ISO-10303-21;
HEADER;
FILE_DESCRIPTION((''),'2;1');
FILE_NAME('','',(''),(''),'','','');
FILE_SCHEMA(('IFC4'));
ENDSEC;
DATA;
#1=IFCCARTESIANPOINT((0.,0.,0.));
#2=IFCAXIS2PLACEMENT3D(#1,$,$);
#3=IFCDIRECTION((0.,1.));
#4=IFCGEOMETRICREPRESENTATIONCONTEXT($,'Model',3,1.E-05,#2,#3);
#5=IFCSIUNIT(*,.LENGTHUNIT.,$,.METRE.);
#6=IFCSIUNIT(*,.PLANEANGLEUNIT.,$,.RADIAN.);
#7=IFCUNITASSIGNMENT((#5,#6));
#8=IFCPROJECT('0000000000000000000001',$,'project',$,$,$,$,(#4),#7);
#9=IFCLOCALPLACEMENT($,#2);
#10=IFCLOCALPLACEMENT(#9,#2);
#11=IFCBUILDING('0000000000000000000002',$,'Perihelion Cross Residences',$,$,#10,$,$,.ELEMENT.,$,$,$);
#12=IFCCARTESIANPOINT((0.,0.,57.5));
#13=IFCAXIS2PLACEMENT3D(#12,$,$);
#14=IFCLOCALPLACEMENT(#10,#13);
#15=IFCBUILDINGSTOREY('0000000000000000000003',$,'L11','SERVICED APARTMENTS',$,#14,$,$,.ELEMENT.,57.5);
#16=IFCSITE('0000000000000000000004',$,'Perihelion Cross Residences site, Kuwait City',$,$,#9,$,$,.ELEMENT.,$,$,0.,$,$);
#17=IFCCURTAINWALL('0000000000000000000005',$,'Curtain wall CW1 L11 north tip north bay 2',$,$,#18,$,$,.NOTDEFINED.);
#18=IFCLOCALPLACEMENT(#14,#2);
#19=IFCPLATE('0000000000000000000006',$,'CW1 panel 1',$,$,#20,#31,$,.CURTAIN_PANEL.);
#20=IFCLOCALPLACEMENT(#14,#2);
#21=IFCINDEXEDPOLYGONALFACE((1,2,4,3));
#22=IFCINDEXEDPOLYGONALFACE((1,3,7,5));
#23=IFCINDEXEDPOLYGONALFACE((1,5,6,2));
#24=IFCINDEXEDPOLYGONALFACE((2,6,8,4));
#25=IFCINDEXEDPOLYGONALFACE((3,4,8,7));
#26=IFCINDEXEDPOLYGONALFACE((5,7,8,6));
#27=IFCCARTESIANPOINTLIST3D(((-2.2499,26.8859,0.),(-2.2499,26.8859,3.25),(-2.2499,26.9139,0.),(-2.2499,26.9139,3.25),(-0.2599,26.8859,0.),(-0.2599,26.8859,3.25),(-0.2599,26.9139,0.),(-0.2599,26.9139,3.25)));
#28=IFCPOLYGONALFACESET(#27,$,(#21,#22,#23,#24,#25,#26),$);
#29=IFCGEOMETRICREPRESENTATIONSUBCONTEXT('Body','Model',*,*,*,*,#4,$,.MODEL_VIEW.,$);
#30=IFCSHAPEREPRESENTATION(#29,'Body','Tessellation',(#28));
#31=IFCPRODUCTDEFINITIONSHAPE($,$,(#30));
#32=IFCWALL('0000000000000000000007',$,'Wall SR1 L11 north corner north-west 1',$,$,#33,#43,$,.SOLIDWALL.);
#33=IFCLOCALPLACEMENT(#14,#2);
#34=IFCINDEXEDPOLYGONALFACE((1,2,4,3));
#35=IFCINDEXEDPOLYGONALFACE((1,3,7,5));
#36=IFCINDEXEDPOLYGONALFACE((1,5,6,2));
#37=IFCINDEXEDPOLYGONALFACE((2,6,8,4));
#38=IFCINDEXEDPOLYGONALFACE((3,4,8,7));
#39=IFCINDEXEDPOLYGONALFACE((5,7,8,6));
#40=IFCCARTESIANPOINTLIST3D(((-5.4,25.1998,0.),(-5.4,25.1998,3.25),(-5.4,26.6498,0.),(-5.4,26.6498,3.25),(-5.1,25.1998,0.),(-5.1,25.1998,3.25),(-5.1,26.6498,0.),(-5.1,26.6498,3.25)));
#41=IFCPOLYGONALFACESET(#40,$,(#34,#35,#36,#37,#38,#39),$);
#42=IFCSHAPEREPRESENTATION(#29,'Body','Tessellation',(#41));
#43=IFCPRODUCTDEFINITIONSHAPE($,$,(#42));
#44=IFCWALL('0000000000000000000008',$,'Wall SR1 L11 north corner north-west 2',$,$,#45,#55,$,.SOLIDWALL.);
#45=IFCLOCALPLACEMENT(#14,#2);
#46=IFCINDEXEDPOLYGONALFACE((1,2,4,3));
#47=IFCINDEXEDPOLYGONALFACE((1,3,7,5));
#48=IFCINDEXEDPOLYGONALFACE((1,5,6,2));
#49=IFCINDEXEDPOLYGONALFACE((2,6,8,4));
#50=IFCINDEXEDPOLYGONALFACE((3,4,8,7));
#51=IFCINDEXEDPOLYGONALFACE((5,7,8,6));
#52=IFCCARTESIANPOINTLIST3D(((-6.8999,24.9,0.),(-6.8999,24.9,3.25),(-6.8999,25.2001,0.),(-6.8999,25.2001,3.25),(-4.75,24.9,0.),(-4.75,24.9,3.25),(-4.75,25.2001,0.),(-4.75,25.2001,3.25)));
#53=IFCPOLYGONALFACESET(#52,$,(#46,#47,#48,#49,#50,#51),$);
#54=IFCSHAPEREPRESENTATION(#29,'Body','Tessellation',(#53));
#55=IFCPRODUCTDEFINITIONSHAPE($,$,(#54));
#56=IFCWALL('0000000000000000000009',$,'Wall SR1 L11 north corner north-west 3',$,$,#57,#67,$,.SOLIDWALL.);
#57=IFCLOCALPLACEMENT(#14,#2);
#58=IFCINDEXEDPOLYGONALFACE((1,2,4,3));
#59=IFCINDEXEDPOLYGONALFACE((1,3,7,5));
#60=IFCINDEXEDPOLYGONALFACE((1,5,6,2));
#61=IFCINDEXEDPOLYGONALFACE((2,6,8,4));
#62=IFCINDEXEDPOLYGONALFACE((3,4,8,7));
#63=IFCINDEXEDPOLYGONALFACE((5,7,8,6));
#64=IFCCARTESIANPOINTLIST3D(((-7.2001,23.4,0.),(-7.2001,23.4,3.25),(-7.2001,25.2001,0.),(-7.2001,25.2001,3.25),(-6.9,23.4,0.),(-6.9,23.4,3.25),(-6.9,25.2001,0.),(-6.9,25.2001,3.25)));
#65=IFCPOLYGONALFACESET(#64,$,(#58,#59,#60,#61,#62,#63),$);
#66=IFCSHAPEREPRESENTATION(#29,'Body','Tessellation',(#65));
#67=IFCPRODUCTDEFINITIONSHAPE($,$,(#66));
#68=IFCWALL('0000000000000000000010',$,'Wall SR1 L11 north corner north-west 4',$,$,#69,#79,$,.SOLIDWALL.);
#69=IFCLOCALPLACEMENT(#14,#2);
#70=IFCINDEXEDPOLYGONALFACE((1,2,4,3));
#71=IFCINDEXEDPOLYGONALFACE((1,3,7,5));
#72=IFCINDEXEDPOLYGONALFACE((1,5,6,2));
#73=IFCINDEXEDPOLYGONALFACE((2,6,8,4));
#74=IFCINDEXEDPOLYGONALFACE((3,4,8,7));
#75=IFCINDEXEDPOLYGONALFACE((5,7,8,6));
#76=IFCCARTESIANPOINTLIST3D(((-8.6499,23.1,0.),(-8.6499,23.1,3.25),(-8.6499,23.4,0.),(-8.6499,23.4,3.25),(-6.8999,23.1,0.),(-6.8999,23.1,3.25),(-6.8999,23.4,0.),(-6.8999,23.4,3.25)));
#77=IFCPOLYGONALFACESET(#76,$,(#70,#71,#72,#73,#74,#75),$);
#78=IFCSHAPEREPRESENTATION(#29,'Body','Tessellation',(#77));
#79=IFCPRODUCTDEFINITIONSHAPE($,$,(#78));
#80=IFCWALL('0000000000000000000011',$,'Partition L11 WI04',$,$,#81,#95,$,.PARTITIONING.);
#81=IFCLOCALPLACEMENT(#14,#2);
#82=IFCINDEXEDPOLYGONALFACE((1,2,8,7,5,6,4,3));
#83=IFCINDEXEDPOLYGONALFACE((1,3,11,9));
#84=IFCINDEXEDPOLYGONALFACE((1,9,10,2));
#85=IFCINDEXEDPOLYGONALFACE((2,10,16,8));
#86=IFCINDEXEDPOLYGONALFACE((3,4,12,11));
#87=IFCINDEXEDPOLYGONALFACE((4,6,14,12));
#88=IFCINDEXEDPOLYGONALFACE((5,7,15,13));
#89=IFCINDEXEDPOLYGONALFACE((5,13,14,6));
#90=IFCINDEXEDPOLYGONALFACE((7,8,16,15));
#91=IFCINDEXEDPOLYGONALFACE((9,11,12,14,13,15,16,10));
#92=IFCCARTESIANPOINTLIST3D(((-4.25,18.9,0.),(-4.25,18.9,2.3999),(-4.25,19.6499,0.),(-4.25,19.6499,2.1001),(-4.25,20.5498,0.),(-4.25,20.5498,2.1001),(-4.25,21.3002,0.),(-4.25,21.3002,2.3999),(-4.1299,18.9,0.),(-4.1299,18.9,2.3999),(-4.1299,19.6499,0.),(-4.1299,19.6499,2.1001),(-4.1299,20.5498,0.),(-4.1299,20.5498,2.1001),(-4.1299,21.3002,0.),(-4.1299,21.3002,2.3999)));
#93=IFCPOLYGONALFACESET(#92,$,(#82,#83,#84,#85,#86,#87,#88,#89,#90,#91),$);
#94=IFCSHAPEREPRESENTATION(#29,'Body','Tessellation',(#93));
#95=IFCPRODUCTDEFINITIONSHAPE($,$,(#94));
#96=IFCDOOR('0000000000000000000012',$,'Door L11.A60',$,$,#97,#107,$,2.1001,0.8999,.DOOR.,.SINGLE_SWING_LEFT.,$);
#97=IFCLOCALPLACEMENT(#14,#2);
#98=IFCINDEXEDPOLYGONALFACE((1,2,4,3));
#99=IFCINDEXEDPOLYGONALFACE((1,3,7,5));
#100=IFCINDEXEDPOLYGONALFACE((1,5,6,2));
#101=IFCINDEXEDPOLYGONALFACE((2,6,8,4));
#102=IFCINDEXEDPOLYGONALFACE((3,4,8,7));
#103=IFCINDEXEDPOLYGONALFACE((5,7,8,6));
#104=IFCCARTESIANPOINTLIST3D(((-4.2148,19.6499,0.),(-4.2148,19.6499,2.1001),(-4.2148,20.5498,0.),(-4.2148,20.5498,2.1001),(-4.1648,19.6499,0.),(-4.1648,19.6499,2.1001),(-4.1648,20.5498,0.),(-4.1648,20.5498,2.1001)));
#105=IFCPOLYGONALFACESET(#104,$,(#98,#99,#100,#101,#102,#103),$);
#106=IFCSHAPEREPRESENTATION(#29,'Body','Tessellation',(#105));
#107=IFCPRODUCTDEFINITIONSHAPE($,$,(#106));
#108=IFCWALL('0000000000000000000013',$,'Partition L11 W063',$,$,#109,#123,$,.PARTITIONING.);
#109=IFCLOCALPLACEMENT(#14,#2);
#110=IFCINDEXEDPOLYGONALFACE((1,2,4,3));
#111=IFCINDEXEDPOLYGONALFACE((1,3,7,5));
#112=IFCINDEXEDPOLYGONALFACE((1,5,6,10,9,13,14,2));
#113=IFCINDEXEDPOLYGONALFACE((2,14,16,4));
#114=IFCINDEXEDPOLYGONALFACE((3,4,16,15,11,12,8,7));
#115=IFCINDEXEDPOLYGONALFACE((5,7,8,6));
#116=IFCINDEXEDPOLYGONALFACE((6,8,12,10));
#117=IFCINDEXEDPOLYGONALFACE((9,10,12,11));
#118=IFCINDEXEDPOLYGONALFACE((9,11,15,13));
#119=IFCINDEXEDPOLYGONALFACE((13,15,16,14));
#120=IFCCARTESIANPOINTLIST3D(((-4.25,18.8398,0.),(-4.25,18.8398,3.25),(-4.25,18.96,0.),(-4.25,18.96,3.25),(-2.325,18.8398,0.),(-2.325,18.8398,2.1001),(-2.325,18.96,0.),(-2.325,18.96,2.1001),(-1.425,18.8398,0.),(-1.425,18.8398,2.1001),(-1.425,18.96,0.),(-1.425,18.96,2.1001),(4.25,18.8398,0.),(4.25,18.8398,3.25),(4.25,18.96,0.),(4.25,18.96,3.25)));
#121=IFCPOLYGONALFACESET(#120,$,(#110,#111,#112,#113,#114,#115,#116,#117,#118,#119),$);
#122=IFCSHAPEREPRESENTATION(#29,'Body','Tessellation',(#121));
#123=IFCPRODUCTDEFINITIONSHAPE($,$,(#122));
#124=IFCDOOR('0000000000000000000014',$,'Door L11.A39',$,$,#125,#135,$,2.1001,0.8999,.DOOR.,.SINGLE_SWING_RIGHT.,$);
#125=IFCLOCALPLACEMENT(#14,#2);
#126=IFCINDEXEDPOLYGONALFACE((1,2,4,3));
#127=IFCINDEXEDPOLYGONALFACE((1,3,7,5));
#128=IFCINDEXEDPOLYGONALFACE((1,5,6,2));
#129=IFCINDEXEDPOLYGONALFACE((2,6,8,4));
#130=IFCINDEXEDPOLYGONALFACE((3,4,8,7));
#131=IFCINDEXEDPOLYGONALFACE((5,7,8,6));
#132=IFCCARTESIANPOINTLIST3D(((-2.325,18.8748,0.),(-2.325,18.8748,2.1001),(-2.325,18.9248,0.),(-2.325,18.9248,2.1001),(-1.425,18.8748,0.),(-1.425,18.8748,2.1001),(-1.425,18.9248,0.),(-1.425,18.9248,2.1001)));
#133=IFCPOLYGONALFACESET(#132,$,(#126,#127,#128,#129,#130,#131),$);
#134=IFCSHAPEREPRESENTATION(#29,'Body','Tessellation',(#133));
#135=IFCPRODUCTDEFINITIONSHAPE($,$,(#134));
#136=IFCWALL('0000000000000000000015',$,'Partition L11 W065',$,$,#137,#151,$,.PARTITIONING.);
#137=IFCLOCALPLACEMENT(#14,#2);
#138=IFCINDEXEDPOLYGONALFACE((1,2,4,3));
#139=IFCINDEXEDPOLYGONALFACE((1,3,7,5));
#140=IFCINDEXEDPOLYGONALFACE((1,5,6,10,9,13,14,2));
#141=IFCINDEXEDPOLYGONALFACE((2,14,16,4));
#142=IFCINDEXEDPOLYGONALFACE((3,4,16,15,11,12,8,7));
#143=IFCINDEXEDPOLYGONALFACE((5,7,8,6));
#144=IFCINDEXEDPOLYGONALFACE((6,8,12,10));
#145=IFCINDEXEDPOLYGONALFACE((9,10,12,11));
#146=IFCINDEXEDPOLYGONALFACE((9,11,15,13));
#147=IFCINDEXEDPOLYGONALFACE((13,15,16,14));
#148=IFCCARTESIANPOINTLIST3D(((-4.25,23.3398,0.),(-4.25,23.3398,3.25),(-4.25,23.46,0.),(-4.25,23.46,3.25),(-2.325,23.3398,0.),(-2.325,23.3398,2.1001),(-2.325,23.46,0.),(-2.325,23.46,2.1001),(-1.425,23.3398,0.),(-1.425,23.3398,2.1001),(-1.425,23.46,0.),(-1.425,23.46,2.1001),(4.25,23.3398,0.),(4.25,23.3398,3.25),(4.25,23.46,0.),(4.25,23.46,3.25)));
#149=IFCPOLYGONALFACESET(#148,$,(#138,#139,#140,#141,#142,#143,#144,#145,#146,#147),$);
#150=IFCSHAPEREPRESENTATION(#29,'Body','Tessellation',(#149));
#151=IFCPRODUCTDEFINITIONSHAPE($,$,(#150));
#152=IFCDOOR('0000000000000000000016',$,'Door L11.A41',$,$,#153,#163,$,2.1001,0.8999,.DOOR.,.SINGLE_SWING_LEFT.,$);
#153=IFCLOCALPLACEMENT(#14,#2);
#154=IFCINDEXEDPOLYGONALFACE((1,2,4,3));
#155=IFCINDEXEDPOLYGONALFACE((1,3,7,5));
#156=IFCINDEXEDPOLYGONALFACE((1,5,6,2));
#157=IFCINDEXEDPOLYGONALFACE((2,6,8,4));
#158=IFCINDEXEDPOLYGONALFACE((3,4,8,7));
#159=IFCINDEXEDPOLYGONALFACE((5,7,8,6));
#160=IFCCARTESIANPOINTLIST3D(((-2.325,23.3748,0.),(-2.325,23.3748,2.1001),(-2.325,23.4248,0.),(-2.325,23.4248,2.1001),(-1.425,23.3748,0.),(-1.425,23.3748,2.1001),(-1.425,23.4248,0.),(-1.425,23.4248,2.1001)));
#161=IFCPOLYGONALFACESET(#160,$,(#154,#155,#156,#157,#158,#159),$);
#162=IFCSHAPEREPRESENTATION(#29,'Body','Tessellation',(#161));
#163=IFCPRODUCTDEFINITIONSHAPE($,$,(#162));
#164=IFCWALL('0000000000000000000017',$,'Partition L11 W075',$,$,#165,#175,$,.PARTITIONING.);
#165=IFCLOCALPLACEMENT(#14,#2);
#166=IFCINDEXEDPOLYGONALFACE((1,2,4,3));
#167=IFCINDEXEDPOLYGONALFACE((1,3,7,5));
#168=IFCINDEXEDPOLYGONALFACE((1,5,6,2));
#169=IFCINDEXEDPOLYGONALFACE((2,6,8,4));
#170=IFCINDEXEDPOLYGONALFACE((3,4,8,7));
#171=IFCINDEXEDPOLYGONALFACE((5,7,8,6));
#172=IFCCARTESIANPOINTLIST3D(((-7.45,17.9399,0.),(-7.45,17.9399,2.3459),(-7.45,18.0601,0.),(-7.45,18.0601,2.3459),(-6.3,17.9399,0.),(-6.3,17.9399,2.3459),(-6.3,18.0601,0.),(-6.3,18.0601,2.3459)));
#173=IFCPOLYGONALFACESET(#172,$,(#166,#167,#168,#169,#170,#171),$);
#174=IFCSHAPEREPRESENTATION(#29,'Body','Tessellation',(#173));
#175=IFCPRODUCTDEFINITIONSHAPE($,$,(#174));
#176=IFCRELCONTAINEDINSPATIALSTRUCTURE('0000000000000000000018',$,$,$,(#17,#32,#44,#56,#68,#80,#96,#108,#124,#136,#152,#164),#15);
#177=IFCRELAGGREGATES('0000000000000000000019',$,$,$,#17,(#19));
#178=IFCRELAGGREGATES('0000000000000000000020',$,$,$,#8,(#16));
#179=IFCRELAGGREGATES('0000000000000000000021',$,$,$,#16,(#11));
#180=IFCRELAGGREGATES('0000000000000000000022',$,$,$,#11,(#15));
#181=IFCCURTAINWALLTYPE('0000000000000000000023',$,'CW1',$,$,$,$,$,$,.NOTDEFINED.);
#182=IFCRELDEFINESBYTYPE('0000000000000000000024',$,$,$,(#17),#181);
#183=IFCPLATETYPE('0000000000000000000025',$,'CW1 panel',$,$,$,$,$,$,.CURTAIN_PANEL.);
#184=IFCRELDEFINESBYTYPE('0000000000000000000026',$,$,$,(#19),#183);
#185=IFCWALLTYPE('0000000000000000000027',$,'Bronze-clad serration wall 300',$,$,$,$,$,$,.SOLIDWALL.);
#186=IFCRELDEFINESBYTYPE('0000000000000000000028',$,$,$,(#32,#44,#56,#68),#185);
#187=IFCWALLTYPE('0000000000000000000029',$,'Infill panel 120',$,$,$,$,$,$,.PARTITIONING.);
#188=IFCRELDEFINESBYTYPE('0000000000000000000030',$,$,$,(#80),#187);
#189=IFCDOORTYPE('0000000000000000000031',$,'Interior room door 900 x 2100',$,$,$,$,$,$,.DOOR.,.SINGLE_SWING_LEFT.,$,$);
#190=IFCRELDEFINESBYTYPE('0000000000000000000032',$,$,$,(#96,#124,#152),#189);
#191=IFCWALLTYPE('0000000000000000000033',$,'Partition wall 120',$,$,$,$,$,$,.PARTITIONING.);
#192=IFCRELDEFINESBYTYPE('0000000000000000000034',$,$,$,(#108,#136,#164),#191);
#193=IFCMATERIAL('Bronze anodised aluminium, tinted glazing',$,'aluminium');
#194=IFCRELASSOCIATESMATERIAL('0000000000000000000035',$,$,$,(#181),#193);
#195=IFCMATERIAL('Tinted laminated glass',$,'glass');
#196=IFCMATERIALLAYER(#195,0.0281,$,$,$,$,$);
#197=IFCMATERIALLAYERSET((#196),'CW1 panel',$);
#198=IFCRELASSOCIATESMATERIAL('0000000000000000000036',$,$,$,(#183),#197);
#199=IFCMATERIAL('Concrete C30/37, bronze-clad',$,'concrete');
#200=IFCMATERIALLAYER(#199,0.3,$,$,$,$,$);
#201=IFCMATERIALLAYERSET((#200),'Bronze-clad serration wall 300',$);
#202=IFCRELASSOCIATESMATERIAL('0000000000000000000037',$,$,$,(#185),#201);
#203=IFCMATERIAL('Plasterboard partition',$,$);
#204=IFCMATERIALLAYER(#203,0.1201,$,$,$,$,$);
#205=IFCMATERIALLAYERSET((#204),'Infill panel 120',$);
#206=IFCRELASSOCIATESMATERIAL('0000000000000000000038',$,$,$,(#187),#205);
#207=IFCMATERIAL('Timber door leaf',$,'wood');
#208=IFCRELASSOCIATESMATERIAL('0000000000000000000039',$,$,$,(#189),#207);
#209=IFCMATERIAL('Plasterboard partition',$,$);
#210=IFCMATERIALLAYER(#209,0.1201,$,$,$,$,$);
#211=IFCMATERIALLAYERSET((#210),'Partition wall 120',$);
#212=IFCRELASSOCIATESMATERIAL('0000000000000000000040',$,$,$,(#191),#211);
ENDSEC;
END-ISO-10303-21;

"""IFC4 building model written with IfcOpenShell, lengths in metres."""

from ifc_helpers import new_model, si_unit, direction, frame, frame_2d, origin, origin_2d, place, context, subcontext, project, spatial, rectangle, extrude, material, layer, layer_set, type_object, element, fill, aggregate, save


model = new_model("IFC4")

# Units and contexts
model_context = context("Model", 3, precision=1e-05, world=origin(), true_north=direction((0.0, 1.0)))
body_context = subcontext(model_context, "Body", "Model", "MODEL_VIEW")
ifc_project = project(units=[si_unit("LENGTHUNIT", "METRE"), si_unit("PLANEANGLEUNIT", "RADIAN")], contexts=[model_context])

# Site, building, storey
site_placement = place(None, origin())
site = spatial("IfcSite", under=ifc_project, at=site_placement, Name="Perihelion Cross Residences site, Kuwait City", CompositionType="ELEMENT", RefElevation=0.0)
building_placement = place(site_placement, origin())
building = spatial("IfcBuilding", under=site, at=building_placement, Name="Perihelion Cross Residences", CompositionType="ELEMENT")
storey_placement = place(building_placement, frame((0.0, 0.0, 57.5)))
storey = spatial("IfcBuildingStorey", under=building, at=storey_placement, Name="L11", Description="SERVICED APARTMENTS", CompositionType="ELEMENT", Elevation=57.5)

# Curtain wall
ifc_material_1 = material(Name="Bronze anodised aluminium, tinted glazing", Category="aluminium")
curtain_wall_type = type_object("IfcCurtainWallType", Name="CW1", PredefinedType="NOTDEFINED", material=ifc_material_1)
curtain_wall_placement = place(storey_placement, origin())
curtain_wall = element("IfcCurtainWall", 1, at=curtain_wall_placement, inside=storey, type_object=curtain_wall_type, Name="Curtain wall CW1 L11 north tip north bay 2", PredefinedType="NOTDEFINED")

# Plate
ifc_material_2 = material(Name="Tinted laminated glass", Category="glass")
ifc_layer_1 = layer(ifc_material_2, 0.0281)
ifc_layer_set_1 = layer_set([ifc_layer_1], Name="CW1 panel")
plate_type = type_object("IfcPlateType", Name="CW1 panel", PredefinedType="CURTAIN_PANEL", material=ifc_layer_set_1)
plate_placement = place(storey_placement, frame((-1.2549, 26.8999, 0.0), z_axis=(0.0, 0.0, 1.0), x_axis=(-1.0, 0.0, 0.0)))
plate = element("IfcPlate", 2, at=plate_placement, type_object=plate_type, Name="CW1 panel 1", PredefinedType="CURTAIN_PANEL", context=body_context, shape_type="SweptSolid", body=[
    extrude(rectangle(XDim=1.99, YDim=0.0281, at=origin_2d()), origin(), (0.0, 0.0, 1.0), 3.25),
])
aggregate(curtain_wall, [plate])

# Walls
ifc_material_3 = material(Name="Concrete C30/37, bronze-clad", Category="concrete")
ifc_layer_2 = layer(ifc_material_3, 0.3)
ifc_layer_set_2 = layer_set([ifc_layer_2], Name="Bronze-clad serration wall 300")
wall_type_1 = type_object("IfcWallType", Name="Bronze-clad serration wall 300", PredefinedType="SOLIDWALL", material=ifc_layer_set_2)
wall_1_placement = place(storey_placement, frame((-5.25, 26.6499, 0.0), z_axis=(0.0, 0.0, 1.0), x_axis=(0.0, -1.0, 0.0)))
element("IfcWall", 3, at=wall_1_placement, inside=storey, type_object=wall_type_1, Name="Wall SR1 L11 north corner north-west 1", PredefinedType="SOLIDWALL", context=body_context, shape_type="SweptSolid", body=[
    extrude(rectangle(XDim=1.45, YDim=0.3, at=frame_2d((0.7251, 0.0))), origin(), (0.0, 0.0, 1.0), 3.25),
])
wall_2_placement = place(storey_placement, frame((-4.75, 25.05, 0.0), z_axis=(0.0, 0.0, 1.0), x_axis=(-1.0, 0.0, 0.0)))
element("IfcWall", 4, at=wall_2_placement, inside=storey, type_object=wall_type_1, Name="Wall SR1 L11 north corner north-west 2", PredefinedType="SOLIDWALL", context=body_context, shape_type="SweptSolid", body=[
    extrude(rectangle(XDim=2.1499, YDim=0.3, at=frame_2d((1.075, 0.0))), origin(), (0.0, 0.0, 1.0), 3.25),
])
wall_3_placement = place(storey_placement, frame((-7.05, 25.2, 0.0), z_axis=(0.0, 0.0, 1.0), x_axis=(0.0, -1.0, 0.0)))
element("IfcWall", 5, at=wall_3_placement, inside=storey, type_object=wall_type_1, Name="Wall SR1 L11 north corner north-west 3", PredefinedType="SOLIDWALL", context=body_context, shape_type="SweptSolid", body=[
    extrude(rectangle(XDim=1.8, YDim=0.3, at=frame_2d((0.8999, 0.0))), origin(), (0.0, 0.0, 1.0), 3.25),
])
wall_4_placement = place(storey_placement, frame((-6.8999, 23.25, 0.0), z_axis=(0.0, 0.0, 1.0), x_axis=(-1.0, 0.0, 0.0)))
element("IfcWall", 6, at=wall_4_placement, inside=storey, type_object=wall_type_1, Name="Wall SR1 L11 north corner north-west 4", PredefinedType="SOLIDWALL", context=body_context, shape_type="SweptSolid", body=[
    extrude(rectangle(XDim=1.75, YDim=0.3, at=frame_2d((0.875, 0.0))), origin(), (0.0, 0.0, 1.0), 3.25),
])

# Walls, openings, doors
ifc_material_4 = material(Name="Plasterboard partition")
ifc_layer_3 = layer(ifc_material_4, 0.1201)
ifc_layer_set_3 = layer_set([ifc_layer_3], Name="Infill panel 120")
wall_type_2 = type_object("IfcWallType", Name="Infill panel 120", PredefinedType="PARTITIONING", material=ifc_layer_set_3)
wall_5_placement = place(storey_placement, frame((-4.1899, 18.8999, 0.0), z_axis=(0.0, 0.0, 1.0), x_axis=(0.0, 1.0, 0.0)))
wall_5 = element("IfcWall", 7, at=wall_5_placement, inside=storey, type_object=wall_type_2, Name="Partition L11 WI04", PredefinedType="PARTITIONING", context=body_context, shape_type="SweptSolid", body=[
    extrude(rectangle(XDim=2.4001, YDim=0.1201, at=frame_2d((1.2002, 0.0))), origin(), (0.0, 0.0, 1.0), 2.3999),
])
opening_1_placement = place(wall_5_placement, frame((0.75, 0.0, 0.0)))
opening_1 = element("IfcOpeningElement", 8, at=opening_1_placement, cuts=wall_5, PredefinedType="OPENING", context=body_context, shape_type="SweptSolid", body=[
    extrude(rectangle(XDim=0.8999, YDim=2.1001, at=frame_2d((0.45, 1.05))), frame((0.0, 0.0701, 0.0), z_axis=(0.0, -1.0, 0.0), x_axis=(1.0, 0.0, 0.0)), (0.0, 0.0, 1.0), 0.1401),
])
ifc_material_5 = material(Name="Timber door leaf", Category="wood")
door_type_1 = type_object("IfcDoorType", Name="Interior room door 900 x 2100", OperationType="SINGLE_SWING_LEFT", PredefinedType="DOOR", material=ifc_material_5)
door_1_placement = place(opening_1_placement, origin())
door_1 = element("IfcDoor", 9, at=door_1_placement, inside=storey, type_object=door_type_1, Name="Door L11.A60", OperationType="SINGLE_SWING_LEFT", OverallHeight=2.1001, OverallWidth=0.8999, PredefinedType="DOOR", context=body_context, shape_type="SweptSolid", body=[
    extrude(rectangle(XDim=0.8999, YDim=2.1001, at=frame_2d((0.45, 1.05))), frame((0.0, 0.0249, 0.0), z_axis=(0.0, -1.0, 0.0), x_axis=(1.0, 0.0, 0.0)), (0.0, 0.0, 1.0), 0.05),
])
fill(opening_1, door_1)
ifc_material_6 = material(Name="Plasterboard partition")
ifc_layer_4 = layer(ifc_material_6, 0.1201)
ifc_layer_set_4 = layer_set([ifc_layer_4], Name="Partition wall 120")
wall_type_3 = type_object("IfcWallType", Name="Partition wall 120", PredefinedType="PARTITIONING", material=ifc_layer_set_4)
wall_6_placement = place(storey_placement, frame((-4.25, 18.8999, 0.0), z_axis=(0.0, 0.0, 1.0), x_axis=(1.0, 0.0, 0.0)))
wall_6 = element("IfcWall", 10, at=wall_6_placement, inside=storey, type_object=wall_type_3, Name="Partition L11 W063", PredefinedType="PARTITIONING", context=body_context, shape_type="SweptSolid", body=[
    extrude(rectangle(XDim=8.5, YDim=0.1201, at=frame_2d((4.25, 0.0))), origin(), (0.0, 0.0, 1.0), 3.25),
])
opening_2_placement = place(wall_6_placement, frame((1.925, 0.0, 0.0)))
opening_2 = element("IfcOpeningElement", 11, at=opening_2_placement, cuts=wall_6, PredefinedType="OPENING", context=body_context, shape_type="SweptSolid", body=[
    extrude(rectangle(XDim=0.8999, YDim=2.1001, at=frame_2d((0.45, 1.05))), frame((0.0, 0.0701, 0.0), z_axis=(0.0, -1.0, 0.0), x_axis=(1.0, 0.0, 0.0)), (0.0, 0.0, 1.0), 0.1401),
])
door_2_placement = place(opening_2_placement, origin())
door_2 = element("IfcDoor", 12, at=door_2_placement, inside=storey, type_object=door_type_1, Name="Door L11.A39", OperationType="SINGLE_SWING_RIGHT", OverallHeight=2.1001, OverallWidth=0.8999, PredefinedType="DOOR", context=body_context, shape_type="SweptSolid", body=[
    extrude(rectangle(XDim=0.8999, YDim=2.1001, at=frame_2d((0.45, 1.05))), frame((0.0, 0.0249, 0.0), z_axis=(0.0, -1.0, 0.0), x_axis=(1.0, 0.0, 0.0)), (0.0, 0.0, 1.0), 0.05),
])
fill(opening_2, door_2)
wall_7_placement = place(storey_placement, frame((-4.25, 23.3999, 0.0), z_axis=(0.0, 0.0, 1.0), x_axis=(1.0, 0.0, 0.0)))
wall_7 = element("IfcWall", 13, at=wall_7_placement, inside=storey, type_object=wall_type_3, Name="Partition L11 W065", PredefinedType="PARTITIONING", context=body_context, shape_type="SweptSolid", body=[
    extrude(rectangle(XDim=8.5, YDim=0.1201, at=frame_2d((4.25, 0.0))), origin(), (0.0, 0.0, 1.0), 3.25),
])
opening_3_placement = place(wall_7_placement, frame((1.925, 0.0, 0.0)))
opening_3 = element("IfcOpeningElement", 14, at=opening_3_placement, cuts=wall_7, PredefinedType="OPENING", context=body_context, shape_type="SweptSolid", body=[
    extrude(rectangle(XDim=0.8999, YDim=2.1001, at=frame_2d((0.45, 1.05))), frame((0.0, 0.0701, 0.0), z_axis=(0.0, -1.0, 0.0), x_axis=(1.0, 0.0, 0.0)), (0.0, 0.0, 1.0), 0.1401),
])
door_3_placement = place(opening_3_placement, origin())
door_3 = element("IfcDoor", 15, at=door_3_placement, inside=storey, type_object=door_type_1, Name="Door L11.A41", OperationType="SINGLE_SWING_LEFT", OverallHeight=2.1001, OverallWidth=0.8999, PredefinedType="DOOR", context=body_context, shape_type="SweptSolid", body=[
    extrude(rectangle(XDim=0.8999, YDim=2.1001, at=frame_2d((0.45, 1.05))), frame((0.0, 0.0249, 0.0), z_axis=(0.0, -1.0, 0.0), x_axis=(1.0, 0.0, 0.0)), (0.0, 0.0, 1.0), 0.05),
])
fill(opening_3, door_3)

# Wall
wall_8_placement = place(storey_placement, frame((-7.45, 18.0, 0.0), z_axis=(0.0, 0.0, 1.0), x_axis=(1.0, 0.0, 0.0)))
element("IfcWall", 16, at=wall_8_placement, inside=storey, type_object=wall_type_3, Name="Partition L11 W075", PredefinedType="PARTITIONING", context=body_context, shape_type="SweptSolid", body=[
    extrude(rectangle(XDim=1.1499, YDim=0.1201, at=frame_2d((0.575, 0.0))), origin(), (0.0, 0.0, 1.0), 2.3459),
])

save(model, "model.ifc")
